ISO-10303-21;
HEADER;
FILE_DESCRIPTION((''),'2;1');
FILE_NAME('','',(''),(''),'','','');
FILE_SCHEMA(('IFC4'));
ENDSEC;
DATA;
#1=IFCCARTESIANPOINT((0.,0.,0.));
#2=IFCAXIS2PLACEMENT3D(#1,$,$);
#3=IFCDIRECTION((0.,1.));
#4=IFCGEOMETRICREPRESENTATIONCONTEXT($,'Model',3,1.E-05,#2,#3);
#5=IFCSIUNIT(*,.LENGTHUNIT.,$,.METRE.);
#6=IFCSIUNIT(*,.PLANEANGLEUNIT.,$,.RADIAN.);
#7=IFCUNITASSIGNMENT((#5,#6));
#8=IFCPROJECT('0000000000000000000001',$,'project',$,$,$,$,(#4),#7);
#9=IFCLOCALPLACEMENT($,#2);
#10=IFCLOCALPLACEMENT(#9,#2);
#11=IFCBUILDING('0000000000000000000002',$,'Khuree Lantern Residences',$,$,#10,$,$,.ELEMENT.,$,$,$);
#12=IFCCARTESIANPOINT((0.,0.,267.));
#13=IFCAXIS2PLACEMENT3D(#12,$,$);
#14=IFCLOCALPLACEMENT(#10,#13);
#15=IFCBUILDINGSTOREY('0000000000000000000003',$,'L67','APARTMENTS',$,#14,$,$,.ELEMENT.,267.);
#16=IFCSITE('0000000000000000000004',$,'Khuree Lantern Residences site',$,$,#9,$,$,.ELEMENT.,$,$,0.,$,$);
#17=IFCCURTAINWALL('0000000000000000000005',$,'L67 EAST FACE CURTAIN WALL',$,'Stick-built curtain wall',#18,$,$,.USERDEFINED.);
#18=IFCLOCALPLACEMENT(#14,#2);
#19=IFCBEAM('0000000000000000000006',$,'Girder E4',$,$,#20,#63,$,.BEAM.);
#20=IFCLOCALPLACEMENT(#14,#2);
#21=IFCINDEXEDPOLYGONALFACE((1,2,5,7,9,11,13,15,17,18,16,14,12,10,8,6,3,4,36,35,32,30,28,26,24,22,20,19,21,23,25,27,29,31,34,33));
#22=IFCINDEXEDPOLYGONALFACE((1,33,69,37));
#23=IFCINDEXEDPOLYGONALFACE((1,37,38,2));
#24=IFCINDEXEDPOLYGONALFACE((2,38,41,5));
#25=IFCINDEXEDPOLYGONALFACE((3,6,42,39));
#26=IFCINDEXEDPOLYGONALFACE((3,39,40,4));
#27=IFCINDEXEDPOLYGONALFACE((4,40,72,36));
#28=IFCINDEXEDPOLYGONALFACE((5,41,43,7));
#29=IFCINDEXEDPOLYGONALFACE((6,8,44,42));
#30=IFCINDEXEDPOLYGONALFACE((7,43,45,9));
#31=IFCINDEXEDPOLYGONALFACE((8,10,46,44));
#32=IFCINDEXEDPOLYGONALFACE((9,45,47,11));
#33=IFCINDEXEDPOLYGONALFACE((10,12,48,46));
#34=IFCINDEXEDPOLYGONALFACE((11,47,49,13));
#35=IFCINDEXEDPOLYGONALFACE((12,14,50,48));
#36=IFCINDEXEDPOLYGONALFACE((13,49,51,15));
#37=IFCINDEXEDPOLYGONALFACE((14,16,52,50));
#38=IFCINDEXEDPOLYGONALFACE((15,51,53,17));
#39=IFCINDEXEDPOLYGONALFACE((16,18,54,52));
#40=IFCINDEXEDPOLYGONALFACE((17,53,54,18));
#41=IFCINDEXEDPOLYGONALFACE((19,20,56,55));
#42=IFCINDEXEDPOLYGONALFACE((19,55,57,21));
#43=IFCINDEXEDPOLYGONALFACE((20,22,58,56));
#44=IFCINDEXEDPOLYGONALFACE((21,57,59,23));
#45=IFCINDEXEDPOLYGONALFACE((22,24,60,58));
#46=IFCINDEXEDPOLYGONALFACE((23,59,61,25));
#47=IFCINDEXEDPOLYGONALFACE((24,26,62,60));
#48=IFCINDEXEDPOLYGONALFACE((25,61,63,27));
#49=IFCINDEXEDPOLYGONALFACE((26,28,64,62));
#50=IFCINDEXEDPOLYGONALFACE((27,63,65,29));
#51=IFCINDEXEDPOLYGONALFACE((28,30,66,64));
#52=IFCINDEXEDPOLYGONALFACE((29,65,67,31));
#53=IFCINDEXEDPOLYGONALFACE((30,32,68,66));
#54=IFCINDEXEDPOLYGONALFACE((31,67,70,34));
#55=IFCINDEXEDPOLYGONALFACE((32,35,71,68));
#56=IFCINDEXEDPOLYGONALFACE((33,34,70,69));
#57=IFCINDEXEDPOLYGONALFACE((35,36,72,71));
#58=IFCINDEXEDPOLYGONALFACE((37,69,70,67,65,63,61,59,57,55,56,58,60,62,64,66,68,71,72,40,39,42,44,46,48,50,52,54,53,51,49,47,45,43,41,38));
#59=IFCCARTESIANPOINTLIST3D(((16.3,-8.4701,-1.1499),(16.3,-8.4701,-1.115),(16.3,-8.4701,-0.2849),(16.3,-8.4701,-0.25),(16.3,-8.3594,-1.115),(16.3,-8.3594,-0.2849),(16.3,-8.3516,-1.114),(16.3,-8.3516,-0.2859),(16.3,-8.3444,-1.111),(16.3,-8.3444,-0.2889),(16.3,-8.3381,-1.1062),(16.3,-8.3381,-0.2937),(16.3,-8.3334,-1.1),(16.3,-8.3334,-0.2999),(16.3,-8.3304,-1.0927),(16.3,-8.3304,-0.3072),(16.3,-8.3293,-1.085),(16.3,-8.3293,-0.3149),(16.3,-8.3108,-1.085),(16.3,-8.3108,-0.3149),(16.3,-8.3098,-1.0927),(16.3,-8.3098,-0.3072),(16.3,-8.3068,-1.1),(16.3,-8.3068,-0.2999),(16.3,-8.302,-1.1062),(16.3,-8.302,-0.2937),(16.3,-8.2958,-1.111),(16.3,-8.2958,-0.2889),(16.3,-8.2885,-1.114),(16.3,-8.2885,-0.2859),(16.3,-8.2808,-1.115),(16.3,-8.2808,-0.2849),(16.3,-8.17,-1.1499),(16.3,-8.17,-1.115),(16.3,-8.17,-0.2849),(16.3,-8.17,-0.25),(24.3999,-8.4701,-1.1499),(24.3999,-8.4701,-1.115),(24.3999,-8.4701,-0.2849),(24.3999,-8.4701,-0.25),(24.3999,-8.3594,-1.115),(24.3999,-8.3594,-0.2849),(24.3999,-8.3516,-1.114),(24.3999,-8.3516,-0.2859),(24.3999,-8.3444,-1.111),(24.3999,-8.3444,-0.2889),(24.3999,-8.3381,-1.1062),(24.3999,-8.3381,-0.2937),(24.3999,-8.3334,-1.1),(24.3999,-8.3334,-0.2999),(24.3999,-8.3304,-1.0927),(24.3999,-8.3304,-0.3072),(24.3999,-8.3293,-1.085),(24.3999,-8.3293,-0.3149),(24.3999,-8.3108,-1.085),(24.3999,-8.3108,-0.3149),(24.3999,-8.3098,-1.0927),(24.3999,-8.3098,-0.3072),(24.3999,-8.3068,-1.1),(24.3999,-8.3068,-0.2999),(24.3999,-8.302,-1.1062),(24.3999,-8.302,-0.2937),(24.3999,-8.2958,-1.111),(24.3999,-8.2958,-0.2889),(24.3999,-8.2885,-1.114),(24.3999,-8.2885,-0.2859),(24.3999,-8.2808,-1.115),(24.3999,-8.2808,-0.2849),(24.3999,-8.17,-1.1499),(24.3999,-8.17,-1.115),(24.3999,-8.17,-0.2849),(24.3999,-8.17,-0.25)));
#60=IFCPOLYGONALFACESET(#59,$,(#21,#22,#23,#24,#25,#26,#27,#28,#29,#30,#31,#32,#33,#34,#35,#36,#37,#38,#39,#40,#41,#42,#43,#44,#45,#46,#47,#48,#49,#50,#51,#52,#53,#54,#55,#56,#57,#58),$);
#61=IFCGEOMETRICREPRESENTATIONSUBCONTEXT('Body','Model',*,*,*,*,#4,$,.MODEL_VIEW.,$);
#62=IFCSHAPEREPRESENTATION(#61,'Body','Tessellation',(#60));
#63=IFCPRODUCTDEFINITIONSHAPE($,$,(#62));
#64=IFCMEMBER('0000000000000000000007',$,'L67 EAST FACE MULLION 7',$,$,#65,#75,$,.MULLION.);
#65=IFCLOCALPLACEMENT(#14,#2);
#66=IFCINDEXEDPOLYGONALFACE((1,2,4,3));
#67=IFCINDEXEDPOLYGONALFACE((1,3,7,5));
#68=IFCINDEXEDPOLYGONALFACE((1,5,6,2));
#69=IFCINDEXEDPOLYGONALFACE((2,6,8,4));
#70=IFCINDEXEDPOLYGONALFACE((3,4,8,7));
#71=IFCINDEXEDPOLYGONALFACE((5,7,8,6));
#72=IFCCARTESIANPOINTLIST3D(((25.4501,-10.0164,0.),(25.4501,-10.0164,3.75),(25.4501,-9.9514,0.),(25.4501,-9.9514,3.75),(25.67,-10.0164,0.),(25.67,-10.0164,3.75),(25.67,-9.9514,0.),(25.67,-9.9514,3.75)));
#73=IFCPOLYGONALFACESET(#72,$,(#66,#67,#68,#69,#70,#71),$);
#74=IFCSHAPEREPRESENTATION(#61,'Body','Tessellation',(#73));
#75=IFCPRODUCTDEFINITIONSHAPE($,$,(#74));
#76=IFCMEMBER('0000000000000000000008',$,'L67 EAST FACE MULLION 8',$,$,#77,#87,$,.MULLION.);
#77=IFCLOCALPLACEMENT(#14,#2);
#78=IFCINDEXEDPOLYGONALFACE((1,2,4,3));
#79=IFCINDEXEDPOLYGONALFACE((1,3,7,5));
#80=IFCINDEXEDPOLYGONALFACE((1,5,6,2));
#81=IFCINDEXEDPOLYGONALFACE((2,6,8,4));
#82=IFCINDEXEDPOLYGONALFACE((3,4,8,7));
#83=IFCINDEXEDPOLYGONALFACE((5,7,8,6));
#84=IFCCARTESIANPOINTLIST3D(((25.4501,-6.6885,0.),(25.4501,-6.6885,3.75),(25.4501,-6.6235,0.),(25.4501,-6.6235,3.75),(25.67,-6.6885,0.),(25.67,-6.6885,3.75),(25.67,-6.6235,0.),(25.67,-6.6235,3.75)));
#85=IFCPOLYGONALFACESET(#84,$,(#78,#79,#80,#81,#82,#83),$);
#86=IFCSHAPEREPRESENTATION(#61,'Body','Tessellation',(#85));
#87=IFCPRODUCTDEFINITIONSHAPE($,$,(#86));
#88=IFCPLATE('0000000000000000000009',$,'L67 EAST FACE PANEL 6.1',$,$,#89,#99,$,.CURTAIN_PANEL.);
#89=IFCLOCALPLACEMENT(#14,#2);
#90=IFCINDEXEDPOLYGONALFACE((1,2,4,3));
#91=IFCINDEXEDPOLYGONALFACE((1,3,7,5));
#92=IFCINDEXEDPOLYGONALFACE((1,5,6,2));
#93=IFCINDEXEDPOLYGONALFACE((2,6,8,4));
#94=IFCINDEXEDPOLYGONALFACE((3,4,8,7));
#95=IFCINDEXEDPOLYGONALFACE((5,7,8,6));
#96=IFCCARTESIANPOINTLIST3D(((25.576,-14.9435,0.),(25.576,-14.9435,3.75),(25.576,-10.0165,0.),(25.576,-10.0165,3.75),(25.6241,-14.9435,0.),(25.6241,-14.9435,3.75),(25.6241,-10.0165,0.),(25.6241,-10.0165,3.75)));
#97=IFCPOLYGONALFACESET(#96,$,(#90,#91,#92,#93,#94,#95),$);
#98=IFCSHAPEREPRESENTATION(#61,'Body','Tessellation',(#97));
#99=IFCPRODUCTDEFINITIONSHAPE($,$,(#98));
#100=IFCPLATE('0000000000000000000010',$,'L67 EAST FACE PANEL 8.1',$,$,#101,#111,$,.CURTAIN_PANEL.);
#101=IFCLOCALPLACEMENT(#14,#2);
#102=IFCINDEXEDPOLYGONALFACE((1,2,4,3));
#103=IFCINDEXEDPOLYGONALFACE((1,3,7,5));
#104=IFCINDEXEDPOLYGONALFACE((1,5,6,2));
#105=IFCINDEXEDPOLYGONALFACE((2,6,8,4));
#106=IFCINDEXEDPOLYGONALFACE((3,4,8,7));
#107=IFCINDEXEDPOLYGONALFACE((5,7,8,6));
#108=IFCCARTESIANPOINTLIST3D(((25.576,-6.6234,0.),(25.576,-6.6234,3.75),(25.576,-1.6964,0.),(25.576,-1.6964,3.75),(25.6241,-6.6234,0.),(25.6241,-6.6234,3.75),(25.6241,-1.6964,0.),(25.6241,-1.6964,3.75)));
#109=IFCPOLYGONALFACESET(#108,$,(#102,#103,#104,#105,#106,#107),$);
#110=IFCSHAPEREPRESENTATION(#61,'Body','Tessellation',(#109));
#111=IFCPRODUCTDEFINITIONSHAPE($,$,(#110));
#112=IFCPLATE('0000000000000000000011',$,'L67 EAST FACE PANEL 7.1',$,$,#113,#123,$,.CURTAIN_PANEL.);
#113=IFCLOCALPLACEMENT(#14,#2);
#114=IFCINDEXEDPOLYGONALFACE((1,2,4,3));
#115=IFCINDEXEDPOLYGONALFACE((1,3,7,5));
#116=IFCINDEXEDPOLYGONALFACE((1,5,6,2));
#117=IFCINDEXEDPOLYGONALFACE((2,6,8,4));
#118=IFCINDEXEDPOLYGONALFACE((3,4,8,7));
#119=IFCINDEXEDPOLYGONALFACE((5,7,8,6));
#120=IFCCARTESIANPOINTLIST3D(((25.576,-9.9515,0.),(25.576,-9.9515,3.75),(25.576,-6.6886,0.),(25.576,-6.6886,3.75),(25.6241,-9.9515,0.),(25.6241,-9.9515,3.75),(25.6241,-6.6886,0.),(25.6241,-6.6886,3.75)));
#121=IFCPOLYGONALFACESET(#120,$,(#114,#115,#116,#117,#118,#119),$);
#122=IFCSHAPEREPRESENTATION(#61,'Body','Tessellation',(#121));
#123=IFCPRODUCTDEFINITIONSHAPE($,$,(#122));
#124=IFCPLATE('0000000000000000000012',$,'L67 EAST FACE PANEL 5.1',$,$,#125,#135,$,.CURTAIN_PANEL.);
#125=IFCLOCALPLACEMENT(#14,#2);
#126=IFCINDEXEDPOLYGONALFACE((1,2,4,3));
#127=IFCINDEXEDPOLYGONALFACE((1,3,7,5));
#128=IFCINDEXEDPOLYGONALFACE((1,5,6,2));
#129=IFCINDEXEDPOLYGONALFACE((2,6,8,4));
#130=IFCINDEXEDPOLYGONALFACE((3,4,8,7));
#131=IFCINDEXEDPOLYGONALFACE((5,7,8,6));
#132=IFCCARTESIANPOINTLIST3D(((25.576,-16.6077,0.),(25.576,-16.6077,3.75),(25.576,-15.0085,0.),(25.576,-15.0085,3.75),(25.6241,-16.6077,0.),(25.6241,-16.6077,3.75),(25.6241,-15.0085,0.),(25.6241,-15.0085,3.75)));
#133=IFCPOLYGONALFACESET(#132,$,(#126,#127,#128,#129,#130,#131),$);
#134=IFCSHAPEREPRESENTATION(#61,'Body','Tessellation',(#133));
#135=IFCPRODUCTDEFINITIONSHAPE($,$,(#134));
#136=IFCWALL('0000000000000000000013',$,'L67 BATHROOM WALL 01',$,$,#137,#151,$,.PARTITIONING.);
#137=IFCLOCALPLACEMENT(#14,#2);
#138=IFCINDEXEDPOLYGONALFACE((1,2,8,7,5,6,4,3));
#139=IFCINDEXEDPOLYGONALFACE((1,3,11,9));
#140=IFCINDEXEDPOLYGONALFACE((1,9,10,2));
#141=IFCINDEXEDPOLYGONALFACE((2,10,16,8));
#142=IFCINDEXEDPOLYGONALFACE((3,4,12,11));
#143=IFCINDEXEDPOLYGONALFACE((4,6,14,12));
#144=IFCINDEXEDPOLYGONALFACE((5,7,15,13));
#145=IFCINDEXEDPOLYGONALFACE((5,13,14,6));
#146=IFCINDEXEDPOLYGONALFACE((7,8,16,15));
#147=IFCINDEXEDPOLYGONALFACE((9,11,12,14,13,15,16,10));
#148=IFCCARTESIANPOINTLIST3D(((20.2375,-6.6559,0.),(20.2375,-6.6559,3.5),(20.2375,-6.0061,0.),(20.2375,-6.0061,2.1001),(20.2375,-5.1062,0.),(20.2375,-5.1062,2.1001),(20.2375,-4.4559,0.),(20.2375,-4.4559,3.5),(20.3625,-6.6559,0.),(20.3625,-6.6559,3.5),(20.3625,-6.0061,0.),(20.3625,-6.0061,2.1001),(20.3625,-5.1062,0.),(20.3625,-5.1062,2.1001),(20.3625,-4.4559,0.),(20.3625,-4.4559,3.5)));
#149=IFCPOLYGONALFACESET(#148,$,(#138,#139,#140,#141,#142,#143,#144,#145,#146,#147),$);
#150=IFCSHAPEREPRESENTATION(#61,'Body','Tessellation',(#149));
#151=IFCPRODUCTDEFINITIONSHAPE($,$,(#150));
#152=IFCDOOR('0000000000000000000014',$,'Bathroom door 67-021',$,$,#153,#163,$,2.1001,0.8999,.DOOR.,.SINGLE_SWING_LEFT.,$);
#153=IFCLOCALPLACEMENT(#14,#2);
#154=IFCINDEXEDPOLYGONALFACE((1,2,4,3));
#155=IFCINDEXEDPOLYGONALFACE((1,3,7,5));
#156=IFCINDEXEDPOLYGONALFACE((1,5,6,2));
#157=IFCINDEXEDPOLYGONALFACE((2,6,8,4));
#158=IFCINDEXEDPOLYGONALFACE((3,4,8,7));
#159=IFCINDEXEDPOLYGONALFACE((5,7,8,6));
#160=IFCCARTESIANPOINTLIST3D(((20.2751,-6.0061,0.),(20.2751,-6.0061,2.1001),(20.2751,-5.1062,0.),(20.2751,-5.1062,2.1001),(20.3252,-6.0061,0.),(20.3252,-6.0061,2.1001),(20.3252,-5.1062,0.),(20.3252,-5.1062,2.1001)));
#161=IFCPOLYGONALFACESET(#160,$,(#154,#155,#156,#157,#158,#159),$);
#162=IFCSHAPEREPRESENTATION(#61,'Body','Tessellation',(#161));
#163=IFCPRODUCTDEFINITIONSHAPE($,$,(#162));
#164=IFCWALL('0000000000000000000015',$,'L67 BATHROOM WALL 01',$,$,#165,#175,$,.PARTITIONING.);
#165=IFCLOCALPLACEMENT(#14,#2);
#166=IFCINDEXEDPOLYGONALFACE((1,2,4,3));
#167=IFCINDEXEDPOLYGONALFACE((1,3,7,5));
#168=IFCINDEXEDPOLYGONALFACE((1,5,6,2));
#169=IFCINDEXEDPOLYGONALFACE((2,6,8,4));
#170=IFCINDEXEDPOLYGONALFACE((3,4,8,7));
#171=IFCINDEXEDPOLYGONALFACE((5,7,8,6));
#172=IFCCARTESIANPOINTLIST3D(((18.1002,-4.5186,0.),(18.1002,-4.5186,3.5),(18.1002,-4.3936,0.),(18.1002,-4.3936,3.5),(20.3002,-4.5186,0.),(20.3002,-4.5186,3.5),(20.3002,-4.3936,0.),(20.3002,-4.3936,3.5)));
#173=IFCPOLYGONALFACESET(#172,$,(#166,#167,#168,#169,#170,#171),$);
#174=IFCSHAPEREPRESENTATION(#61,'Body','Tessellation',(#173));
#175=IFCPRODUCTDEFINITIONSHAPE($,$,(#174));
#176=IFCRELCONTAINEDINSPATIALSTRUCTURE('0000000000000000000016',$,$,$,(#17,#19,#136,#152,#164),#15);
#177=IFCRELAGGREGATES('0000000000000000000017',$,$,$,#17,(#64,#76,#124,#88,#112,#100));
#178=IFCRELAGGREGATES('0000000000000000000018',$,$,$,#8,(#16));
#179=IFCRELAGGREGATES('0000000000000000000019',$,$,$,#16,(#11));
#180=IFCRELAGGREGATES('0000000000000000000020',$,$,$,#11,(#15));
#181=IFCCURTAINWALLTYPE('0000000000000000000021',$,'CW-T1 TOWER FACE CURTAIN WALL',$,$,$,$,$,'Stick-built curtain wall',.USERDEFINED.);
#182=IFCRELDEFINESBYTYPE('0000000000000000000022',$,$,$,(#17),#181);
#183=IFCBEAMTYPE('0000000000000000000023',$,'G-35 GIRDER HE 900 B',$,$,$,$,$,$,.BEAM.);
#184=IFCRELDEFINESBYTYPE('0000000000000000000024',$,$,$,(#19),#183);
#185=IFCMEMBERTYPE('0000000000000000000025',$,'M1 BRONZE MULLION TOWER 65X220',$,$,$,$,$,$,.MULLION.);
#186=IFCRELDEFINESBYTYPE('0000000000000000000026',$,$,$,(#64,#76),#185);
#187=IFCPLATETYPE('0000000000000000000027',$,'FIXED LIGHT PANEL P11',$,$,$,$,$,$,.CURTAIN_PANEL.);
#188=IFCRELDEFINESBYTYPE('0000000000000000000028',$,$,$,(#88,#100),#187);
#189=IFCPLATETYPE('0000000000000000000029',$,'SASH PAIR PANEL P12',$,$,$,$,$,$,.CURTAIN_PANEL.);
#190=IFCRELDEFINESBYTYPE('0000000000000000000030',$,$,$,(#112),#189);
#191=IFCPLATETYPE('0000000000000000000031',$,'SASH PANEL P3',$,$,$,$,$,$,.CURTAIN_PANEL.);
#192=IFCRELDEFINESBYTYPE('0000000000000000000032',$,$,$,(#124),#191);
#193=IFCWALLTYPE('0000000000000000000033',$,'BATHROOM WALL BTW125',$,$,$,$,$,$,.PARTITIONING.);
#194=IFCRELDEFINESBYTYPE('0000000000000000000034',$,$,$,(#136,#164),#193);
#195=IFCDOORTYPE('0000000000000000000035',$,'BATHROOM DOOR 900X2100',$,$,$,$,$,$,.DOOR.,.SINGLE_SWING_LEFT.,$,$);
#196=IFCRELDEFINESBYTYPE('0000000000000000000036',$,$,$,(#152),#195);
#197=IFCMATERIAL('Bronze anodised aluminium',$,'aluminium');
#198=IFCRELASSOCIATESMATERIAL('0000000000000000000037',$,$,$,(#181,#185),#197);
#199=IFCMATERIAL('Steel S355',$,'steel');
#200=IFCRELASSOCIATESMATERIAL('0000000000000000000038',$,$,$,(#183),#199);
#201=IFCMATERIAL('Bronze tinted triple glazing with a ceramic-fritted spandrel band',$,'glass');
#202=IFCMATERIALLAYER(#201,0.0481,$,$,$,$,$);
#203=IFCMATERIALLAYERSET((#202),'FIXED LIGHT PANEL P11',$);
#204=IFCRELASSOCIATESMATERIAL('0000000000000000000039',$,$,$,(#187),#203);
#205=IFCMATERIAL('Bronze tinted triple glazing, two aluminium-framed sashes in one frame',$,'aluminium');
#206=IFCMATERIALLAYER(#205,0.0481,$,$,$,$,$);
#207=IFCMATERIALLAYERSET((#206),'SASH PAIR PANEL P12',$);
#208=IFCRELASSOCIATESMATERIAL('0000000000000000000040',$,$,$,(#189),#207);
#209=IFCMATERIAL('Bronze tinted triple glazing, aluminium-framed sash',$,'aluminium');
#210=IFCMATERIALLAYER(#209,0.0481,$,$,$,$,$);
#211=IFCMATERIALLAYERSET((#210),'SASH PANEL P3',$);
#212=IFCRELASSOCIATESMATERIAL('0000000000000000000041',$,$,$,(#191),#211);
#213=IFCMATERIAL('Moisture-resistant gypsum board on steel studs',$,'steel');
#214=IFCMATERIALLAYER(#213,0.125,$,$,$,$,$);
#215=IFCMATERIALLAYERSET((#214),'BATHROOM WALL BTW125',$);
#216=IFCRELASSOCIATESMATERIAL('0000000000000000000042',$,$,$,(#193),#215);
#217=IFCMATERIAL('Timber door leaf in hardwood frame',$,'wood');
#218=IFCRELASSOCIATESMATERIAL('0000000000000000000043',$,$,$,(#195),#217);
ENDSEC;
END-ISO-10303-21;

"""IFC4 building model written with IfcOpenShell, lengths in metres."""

from ifc_helpers import new_model, si_unit, direction, frame, frame_2d, origin, origin_2d, place, context, subcontext, project, spatial, rectangle, i_section, extrude, material, layer, layer_set, material_profile, profile_set, type_object, element, fill, aggregate, save


model = new_model("IFC4")

# Units and contexts
model_context = context("Model", 3, precision=1e-05, world=origin(), true_north=direction((0.0, 1.0)))
body_context = subcontext(model_context, "Body", "Model", "MODEL_VIEW")
ifc_project = project(units=[si_unit("LENGTHUNIT", "METRE"), si_unit("PLANEANGLEUNIT", "RADIAN")], contexts=[model_context])

# Site, building, storey
site_placement = place(None, origin())
site = spatial("IfcSite", under=ifc_project, at=site_placement, Name="Khuree Lantern Residences site", CompositionType="ELEMENT", RefElevation=0.0)
building_placement = place(site_placement, origin())
building = spatial("IfcBuilding", under=site, at=building_placement, Name="Khuree Lantern Residences", CompositionType="ELEMENT")
storey_placement = place(building_placement, frame((0.0, 0.0, 267.0)))
storey = spatial("IfcBuildingStorey", under=building, at=storey_placement, Name="L67", Description="APARTMENTS", CompositionType="ELEMENT", Elevation=267.0)

# Shared definitions
ifc_material_1 = material(Name="Steel S355", Category="steel")

# Curtain wall
ifc_material_2 = material(Name="Bronze anodised aluminium", Category="aluminium")
curtain_wall_type = type_object("IfcCurtainWallType", Name="CW-T1 TOWER FACE CURTAIN WALL", ElementType="Stick-built curtain wall", PredefinedType="USERDEFINED", material=ifc_material_2)
curtain_wall_placement = place(storey_placement, origin())
curtain_wall = element("IfcCurtainWall", 1, at=curtain_wall_placement, inside=storey, type_object=curtain_wall_type, Name="L67 EAST FACE CURTAIN WALL", ObjectType="Stick-built curtain wall", PredefinedType="USERDEFINED")

# Beam
ifc_material_profile_1 = material_profile(ifc_material_1, i_section(OverallWidth=0.3, OverallDepth=0.8999, WebThickness=0.0186, FlangeThickness=0.0349, FilletRadius=0.03, at=origin_2d()), Name="HE 900 B")
ifc_profile_set_1 = profile_set([ifc_material_profile_1], Name="Steel S355")
beam_type_1 = type_object("IfcBeamType", Name="G-35 GIRDER HE 900 B", PredefinedType="BEAM", material=ifc_profile_set_1)
beam_1_placement = place(storey_placement, frame((24.3999, -8.3201, -0.7), z_axis=(-1.0, 0.0, 0.0), x_axis=(0.0, -1.0, 0.0)))
element("IfcBeam", 2, at=beam_1_placement, inside=storey, type_object=beam_type_1, Name="Girder E4", PredefinedType="BEAM", context=body_context, shape_type="SweptSolid", body=[
    extrude(i_section(OverallWidth=0.3, OverallDepth=0.8999, WebThickness=0.0186, FlangeThickness=0.0349, FilletRadius=0.03, at=origin_2d()), origin(), (0.0, 0.0, 1.0), 8.0999),
])

# Members
ifc_material_profile_2 = material_profile(ifc_material_2, rectangle(XDim=0.0649, YDim=0.22, at=origin_2d()), Name="M1 65X220")
ifc_profile_set_2 = profile_set([ifc_material_profile_2], Name="Bronze anodised aluminium")
member_type_1 = type_object("IfcMemberType", Name="M1 BRONZE MULLION TOWER 65X220", PredefinedType="MULLION", material=ifc_profile_set_2)
member_1_placement = place(storey_placement, frame((25.5601, -9.9839, 0.0), z_axis=(0.0, 0.0, 1.0), x_axis=(0.0, 1.0, 0.0)))
member_1 = element("IfcMember", 3, at=member_1_placement, type_object=member_type_1, Name="L67 EAST FACE MULLION 7", PredefinedType="MULLION", context=body_context, shape_type="SweptSolid", body=[
    extrude(rectangle(XDim=0.0649, YDim=0.22, at=origin_2d()), origin(), (0.0, 0.0, 1.0), 3.75),
])
member_2_placement = place(storey_placement, frame((25.5601, -6.656, 0.0), z_axis=(0.0, 0.0, 1.0), x_axis=(0.0, 1.0, 0.0)))
member_2 = element("IfcMember", 4, at=member_2_placement, type_object=member_type_1, Name="L67 EAST FACE MULLION 8", PredefinedType="MULLION", context=body_context, shape_type="SweptSolid", body=[
    extrude(rectangle(XDim=0.0649, YDim=0.22, at=origin_2d()), origin(), (0.0, 0.0, 1.0), 3.75),
])

# Plates
ifc_material_3 = material(Name="Bronze tinted triple glazing with a ceramic-fritted spandrel band", Category="glass")
ifc_layer_1 = layer(ifc_material_3, 0.0481)
ifc_layer_set_1 = layer_set([ifc_layer_1], Name="FIXED LIGHT PANEL P11")
plate_type_1 = type_object("IfcPlateType", Name="FIXED LIGHT PANEL P11", PredefinedType="CURTAIN_PANEL", material=ifc_layer_set_1)
plate_1_placement = place(storey_placement, frame((25.6001, -12.48, 0.0), z_axis=(0.0, 0.0, 1.0), x_axis=(0.0, 1.0, 0.0)))
plate_1 = element("IfcPlate", 5, at=plate_1_placement, type_object=plate_type_1, Name="L67 EAST FACE PANEL 6.1", PredefinedType="CURTAIN_PANEL", context=body_context, shape_type="SweptSolid", body=[
    extrude(rectangle(XDim=4.927, YDim=0.0481, at=origin_2d()), origin(), (0.0, 0.0, 1.0), 3.75),
])
plate_2_placement = place(storey_placement, frame((25.6001, -4.1599, 0.0), z_axis=(0.0, 0.0, 1.0), x_axis=(0.0, 1.0, 0.0)))
plate_2 = element("IfcPlate", 6, at=plate_2_placement, type_object=plate_type_1, Name="L67 EAST FACE PANEL 8.1", PredefinedType="CURTAIN_PANEL", context=body_context, shape_type="SweptSolid", body=[
    extrude(rectangle(XDim=4.927, YDim=0.0481, at=origin_2d()), origin(), (0.0, 0.0, 1.0), 3.75),
])
ifc_material_4 = material(Name="Bronze tinted triple glazing, two aluminium-framed sashes in one frame", Category="aluminium")
ifc_layer_2 = layer(ifc_material_4, 0.0481)
ifc_layer_set_2 = layer_set([ifc_layer_2], Name="SASH PAIR PANEL P12")
plate_type_2 = type_object("IfcPlateType", Name="SASH PAIR PANEL P12", PredefinedType="CURTAIN_PANEL", material=ifc_layer_set_2)
plate_3_placement = place(storey_placement, frame((25.6001, -8.3201, 0.0), z_axis=(0.0, 0.0, 1.0), x_axis=(0.0, 1.0, 0.0)))
plate_3 = element("IfcPlate", 7, at=plate_3_placement, type_object=plate_type_2, Name="L67 EAST FACE PANEL 7.1", PredefinedType="CURTAIN_PANEL", context=body_context, shape_type="SweptSolid", body=[
    extrude(rectangle(XDim=3.2629, YDim=0.0481, at=origin_2d()), origin(), (0.0, 0.0, 1.0), 3.75),
])
ifc_material_5 = material(Name="Bronze tinted triple glazing, aluminium-framed sash", Category="aluminium")
ifc_layer_3 = layer(ifc_material_5, 0.0481)
ifc_layer_set_3 = layer_set([ifc_layer_3], Name="SASH PANEL P3")
plate_type_3 = type_object("IfcPlateType", Name="SASH PANEL P3", PredefinedType="CURTAIN_PANEL", material=ifc_layer_set_3)
plate_4_placement = place(storey_placement, frame((25.6001, -15.8081, 0.0), z_axis=(0.0, 0.0, 1.0), x_axis=(0.0, 1.0, 0.0)))
plate_4 = element("IfcPlate", 8, at=plate_4_placement, type_object=plate_type_3, Name="L67 EAST FACE PANEL 5.1", PredefinedType="CURTAIN_PANEL", context=body_context, shape_type="SweptSolid", body=[
    extrude(rectangle(XDim=1.5991, YDim=0.0481, at=origin_2d()), origin(), (0.0, 0.0, 1.0), 3.75),
])
aggregate(curtain_wall, [member_1, member_2, plate_4, plate_1, plate_3, plate_2])

# Wall, opening, door
ifc_material_6 = material(Name="Moisture-resistant gypsum board on steel studs", Category="steel")
ifc_layer_4 = layer(ifc_material_6, 0.125)
ifc_layer_set_4 = layer_set([ifc_layer_4], Name="BATHROOM WALL BTW125")
wall_type_1 = type_object("IfcWallType", Name="BATHROOM WALL BTW125", PredefinedType="PARTITIONING", material=ifc_layer_set_4)
wall_1_placement = place(storey_placement, frame((20.3, -6.656, 0.0), z_axis=(0.0, 0.0, 1.0), x_axis=(0.0, 1.0, 0.0)))
wall_1 = element("IfcWall", 9, at=wall_1_placement, inside=storey, type_object=wall_type_1, Name="L67 BATHROOM WALL 01", PredefinedType="PARTITIONING", context=body_context, shape_type="SweptSolid", body=[
    extrude(rectangle(XDim=2.2, YDim=0.125, at=frame_2d((1.1001, 0.0))), origin(), (0.0, 0.0, 1.0), 3.5),
])
opening_1_placement = place(wall_1_placement, frame((0.6499, 0.0, 0.0)))
opening_1 = element("IfcOpeningElement", 10, at=opening_1_placement, cuts=wall_1, PredefinedType="OPENING", context=body_context, shape_type="SweptSolid", body=[
    extrude(rectangle(XDim=0.8999, YDim=2.1001, at=frame_2d((0.45, 1.05))), frame((0.0, 0.0725, 0.0), z_axis=(0.0, -1.0, 0.0), x_axis=(1.0, 0.0, 0.0)), (0.0, 0.0, 1.0), 0.145),
])
ifc_material_7 = material(Name="Timber door leaf in hardwood frame", Category="wood")
door_type_1 = type_object("IfcDoorType", Name="BATHROOM DOOR 900X2100", OperationType="SINGLE_SWING_LEFT", PredefinedType="DOOR", material=ifc_material_7)
door_1_placement = place(opening_1_placement, origin())
door_1 = element("IfcDoor", 11, at=door_1_placement, inside=storey, type_object=door_type_1, Name="Bathroom door 67-021", OperationType="SINGLE_SWING_LEFT", OverallHeight=2.1001, OverallWidth=0.8999, PredefinedType="DOOR", context=body_context, shape_type="SweptSolid", body=[
    extrude(rectangle(XDim=0.8999, YDim=2.1001, at=frame_2d((0.45, 1.05))), frame((0.0, 0.0249, 0.0), z_axis=(0.0, -1.0, 0.0), x_axis=(1.0, 0.0, 0.0)), (0.0, 0.0, 1.0), 0.05),
])
fill(opening_1, door_1)

# Wall
wall_2_placement = place(storey_placement, frame((18.1001, -4.4561, 0.0), z_axis=(0.0, 0.0, 1.0), x_axis=(1.0, 0.0, 0.0)))
element("IfcWall", 12, at=wall_2_placement, inside=storey, type_object=wall_type_1, Name="L67 BATHROOM WALL 01", PredefinedType="PARTITIONING", context=body_context, shape_type="SweptSolid", body=[
    extrude(rectangle(XDim=2.2, YDim=0.125, at=frame_2d((1.1001, 0.0))), origin(), (0.0, 0.0, 1.0), 3.5),
])

save(model, "model.ifc")
